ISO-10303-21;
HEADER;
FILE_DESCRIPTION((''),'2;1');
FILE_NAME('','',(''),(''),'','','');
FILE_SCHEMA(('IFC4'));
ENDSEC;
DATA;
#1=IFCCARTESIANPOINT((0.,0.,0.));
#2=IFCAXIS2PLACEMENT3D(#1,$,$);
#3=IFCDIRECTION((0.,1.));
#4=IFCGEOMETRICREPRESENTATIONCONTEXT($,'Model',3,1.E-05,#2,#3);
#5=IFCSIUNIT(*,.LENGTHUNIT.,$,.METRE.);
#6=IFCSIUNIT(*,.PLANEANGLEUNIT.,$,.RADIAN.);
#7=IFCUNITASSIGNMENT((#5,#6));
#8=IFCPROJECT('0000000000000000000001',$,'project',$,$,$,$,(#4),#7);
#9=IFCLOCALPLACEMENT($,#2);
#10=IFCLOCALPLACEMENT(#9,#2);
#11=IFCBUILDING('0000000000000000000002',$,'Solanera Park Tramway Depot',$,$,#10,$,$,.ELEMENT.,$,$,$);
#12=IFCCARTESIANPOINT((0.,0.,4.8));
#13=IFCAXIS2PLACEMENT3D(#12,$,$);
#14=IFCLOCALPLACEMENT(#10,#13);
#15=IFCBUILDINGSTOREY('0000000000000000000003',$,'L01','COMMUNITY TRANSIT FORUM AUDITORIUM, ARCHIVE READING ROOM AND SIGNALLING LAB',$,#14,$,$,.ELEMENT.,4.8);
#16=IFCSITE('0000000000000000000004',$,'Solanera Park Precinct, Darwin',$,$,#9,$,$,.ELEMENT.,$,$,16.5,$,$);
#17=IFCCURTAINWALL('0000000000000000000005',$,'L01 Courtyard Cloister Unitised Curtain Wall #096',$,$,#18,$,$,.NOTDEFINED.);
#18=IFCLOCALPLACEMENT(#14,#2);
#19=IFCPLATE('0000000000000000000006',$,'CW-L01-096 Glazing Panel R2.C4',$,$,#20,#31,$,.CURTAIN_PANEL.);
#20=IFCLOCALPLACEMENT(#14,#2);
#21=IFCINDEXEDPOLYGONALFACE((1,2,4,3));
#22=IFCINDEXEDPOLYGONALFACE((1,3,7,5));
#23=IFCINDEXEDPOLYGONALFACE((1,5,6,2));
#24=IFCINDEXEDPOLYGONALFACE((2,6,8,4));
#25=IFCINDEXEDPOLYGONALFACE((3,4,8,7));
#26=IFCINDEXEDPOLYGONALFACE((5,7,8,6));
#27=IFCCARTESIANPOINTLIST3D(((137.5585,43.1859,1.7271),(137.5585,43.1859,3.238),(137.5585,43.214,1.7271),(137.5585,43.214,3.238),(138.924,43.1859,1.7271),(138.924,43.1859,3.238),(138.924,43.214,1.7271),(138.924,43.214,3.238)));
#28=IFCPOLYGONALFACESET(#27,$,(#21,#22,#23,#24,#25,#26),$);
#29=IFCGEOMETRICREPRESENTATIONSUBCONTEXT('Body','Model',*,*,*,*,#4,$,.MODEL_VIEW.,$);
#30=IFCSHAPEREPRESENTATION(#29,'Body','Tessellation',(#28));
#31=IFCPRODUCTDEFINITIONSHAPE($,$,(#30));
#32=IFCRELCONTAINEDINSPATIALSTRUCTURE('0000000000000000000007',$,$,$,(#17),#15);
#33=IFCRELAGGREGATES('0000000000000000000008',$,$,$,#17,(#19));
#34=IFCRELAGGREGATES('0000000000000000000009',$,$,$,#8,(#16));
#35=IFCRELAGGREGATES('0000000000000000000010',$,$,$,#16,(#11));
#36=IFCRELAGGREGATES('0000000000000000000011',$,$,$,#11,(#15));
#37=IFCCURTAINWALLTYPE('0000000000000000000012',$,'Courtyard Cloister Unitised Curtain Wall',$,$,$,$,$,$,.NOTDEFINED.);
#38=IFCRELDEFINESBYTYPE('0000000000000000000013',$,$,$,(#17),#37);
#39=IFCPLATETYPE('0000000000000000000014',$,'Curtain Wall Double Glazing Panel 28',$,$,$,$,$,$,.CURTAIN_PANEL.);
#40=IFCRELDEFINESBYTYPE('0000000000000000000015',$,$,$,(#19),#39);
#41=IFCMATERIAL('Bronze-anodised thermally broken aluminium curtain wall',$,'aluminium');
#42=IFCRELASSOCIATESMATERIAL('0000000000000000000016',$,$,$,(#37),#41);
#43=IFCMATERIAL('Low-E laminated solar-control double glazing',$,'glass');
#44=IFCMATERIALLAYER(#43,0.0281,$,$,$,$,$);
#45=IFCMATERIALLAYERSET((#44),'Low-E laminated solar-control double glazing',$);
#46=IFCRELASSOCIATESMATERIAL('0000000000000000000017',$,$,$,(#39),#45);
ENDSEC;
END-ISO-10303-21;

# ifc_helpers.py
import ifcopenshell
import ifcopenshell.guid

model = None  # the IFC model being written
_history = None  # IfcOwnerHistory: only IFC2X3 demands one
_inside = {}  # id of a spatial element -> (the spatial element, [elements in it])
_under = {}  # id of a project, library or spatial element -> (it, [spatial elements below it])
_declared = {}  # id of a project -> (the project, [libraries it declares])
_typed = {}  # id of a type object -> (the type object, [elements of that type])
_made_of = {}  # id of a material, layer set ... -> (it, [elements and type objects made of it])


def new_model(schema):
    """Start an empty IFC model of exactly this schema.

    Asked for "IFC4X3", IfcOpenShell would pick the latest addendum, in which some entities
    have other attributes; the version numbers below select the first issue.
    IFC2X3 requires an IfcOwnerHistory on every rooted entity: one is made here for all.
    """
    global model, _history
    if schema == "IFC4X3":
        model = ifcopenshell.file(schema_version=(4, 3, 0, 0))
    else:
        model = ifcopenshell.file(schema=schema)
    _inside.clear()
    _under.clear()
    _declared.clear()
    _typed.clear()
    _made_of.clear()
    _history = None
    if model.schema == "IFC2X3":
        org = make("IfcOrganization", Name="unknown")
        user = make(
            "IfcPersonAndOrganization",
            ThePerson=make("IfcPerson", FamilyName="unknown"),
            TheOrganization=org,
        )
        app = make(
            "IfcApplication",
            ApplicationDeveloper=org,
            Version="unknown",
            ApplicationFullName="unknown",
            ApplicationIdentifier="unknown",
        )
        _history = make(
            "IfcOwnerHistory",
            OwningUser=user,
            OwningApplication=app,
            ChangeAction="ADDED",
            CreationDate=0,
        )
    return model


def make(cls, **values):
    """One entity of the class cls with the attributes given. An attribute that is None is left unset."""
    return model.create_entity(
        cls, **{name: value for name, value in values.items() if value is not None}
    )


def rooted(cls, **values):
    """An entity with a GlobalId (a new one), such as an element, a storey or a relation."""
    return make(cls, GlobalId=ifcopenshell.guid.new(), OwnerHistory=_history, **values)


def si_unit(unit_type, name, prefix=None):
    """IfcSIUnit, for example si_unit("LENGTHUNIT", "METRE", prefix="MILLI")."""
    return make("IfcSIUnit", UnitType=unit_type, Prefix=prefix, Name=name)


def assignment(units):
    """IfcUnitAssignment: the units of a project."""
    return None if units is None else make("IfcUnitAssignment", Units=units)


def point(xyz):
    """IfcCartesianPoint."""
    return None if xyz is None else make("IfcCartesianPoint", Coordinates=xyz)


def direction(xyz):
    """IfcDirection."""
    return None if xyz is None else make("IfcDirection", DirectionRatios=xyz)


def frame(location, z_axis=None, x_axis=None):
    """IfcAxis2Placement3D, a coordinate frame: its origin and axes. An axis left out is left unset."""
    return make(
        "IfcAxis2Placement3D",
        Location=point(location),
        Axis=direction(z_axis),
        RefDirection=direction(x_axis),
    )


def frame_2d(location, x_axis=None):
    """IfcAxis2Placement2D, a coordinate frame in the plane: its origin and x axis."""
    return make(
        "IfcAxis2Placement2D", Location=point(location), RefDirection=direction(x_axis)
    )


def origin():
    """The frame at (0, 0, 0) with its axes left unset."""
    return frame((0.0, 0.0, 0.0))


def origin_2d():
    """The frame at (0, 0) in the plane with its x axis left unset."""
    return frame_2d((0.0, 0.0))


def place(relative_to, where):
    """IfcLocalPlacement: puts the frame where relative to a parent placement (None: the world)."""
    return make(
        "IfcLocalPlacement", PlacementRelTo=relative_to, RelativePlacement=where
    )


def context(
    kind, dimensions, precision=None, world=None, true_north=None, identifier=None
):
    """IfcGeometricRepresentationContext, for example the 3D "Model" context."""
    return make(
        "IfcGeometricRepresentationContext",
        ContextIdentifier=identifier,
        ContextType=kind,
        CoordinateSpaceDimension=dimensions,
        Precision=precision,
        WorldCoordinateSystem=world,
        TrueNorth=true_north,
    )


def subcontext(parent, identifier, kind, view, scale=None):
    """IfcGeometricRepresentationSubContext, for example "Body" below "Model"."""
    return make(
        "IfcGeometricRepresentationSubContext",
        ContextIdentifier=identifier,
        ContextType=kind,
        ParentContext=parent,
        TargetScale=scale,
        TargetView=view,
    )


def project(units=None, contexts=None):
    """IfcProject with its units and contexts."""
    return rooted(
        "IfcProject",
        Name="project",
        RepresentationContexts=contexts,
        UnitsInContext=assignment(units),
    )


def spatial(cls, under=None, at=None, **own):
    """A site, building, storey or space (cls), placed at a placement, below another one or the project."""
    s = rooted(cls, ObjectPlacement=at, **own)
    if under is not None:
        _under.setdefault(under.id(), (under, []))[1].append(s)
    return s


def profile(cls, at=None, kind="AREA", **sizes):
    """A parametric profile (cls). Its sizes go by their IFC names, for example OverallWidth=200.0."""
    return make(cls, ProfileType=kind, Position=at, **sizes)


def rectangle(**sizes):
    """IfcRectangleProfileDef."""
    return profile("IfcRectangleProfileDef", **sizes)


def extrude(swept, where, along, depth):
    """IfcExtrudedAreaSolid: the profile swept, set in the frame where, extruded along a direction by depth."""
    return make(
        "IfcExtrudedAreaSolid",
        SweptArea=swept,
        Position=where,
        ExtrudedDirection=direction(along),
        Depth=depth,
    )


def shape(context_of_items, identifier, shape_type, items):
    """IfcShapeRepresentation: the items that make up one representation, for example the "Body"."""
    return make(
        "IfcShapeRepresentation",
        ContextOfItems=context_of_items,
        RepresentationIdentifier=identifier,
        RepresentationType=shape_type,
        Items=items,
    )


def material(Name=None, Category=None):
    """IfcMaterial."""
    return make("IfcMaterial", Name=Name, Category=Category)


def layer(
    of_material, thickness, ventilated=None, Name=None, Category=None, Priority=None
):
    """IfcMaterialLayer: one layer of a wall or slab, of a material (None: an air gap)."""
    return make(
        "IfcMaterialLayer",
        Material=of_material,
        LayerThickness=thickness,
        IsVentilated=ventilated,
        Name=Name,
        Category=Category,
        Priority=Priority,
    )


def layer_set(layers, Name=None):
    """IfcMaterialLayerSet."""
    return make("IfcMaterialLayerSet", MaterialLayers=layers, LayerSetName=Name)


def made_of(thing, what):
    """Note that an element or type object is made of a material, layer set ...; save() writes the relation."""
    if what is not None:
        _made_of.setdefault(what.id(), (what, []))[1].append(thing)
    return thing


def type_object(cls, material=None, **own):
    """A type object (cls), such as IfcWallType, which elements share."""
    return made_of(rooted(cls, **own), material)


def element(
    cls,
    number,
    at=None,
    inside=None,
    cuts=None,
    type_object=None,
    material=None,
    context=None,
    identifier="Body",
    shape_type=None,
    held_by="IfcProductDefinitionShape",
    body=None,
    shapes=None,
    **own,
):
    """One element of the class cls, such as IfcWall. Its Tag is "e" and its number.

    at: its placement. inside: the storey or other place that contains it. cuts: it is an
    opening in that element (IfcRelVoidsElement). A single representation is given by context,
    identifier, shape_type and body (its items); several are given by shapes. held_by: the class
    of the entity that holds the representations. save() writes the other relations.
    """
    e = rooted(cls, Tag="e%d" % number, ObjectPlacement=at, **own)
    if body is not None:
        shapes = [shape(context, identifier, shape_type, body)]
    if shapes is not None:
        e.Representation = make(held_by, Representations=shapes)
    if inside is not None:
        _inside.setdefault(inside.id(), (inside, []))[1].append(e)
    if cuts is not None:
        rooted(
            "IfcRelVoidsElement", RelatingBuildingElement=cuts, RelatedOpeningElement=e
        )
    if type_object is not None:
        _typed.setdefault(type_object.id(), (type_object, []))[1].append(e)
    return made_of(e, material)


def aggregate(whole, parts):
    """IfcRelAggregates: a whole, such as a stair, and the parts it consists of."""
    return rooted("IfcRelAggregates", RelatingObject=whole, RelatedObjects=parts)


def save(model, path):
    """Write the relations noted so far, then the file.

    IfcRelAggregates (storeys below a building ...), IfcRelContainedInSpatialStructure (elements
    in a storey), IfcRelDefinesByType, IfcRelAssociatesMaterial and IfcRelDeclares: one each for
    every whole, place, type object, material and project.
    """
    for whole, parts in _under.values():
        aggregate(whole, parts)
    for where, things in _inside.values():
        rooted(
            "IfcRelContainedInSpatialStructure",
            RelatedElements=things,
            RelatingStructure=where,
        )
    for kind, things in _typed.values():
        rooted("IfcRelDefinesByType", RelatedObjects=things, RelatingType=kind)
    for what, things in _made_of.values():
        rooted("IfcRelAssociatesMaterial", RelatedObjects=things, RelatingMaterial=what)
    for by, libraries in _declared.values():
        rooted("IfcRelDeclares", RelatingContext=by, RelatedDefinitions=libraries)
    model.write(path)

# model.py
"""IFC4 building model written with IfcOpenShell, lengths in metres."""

from ifc_helpers import new_model, si_unit, direction, frame, origin, origin_2d, place, context, subcontext, project, spatial, rectangle, extrude, material, layer, layer_set, type_object, element, aggregate, save


model = new_model("IFC4")

# Units and contexts
model_context = context("Model", 3, precision=1e-05, world=origin(), true_north=direction((0.0, 1.0)))
body_context = subcontext(model_context, "Body", "Model", "MODEL_VIEW")
ifc_project = project(units=[si_unit("LENGTHUNIT", "METRE"), si_unit("PLANEANGLEUNIT", "RADIAN")], contexts=[model_context])

# Site, building, storey
site_placement = place(None, origin())
site = spatial("IfcSite", under=ifc_project, at=site_placement, Name="Solanera Park Precinct, Darwin", CompositionType="ELEMENT", RefElevation=16.5)
building_placement = place(site_placement, origin())
building = spatial("IfcBuilding", under=site, at=building_placement, Name="Solanera Park Tramway Depot", CompositionType="ELEMENT")
storey_placement = place(building_placement, frame((0.0, 0.0, 4.8)))
storey = spatial("IfcBuildingStorey", under=building, at=storey_placement, Name="L01", Description="COMMUNITY TRANSIT FORUM AUDITORIUM, ARCHIVE READING ROOM AND SIGNALLING LAB", CompositionType="ELEMENT", Elevation=4.8)

# Curtain wall
ifc_material_1 = material(Name="Bronze-anodised thermally broken aluminium curtain wall", Category="aluminium")
curtain_wall_type = type_object("IfcCurtainWallType", Name="Courtyard Cloister Unitised Curtain Wall", PredefinedType="NOTDEFINED", material=ifc_material_1)
curtain_wall_1_placement = place(storey_placement, origin())
curtain_wall_1 = element("IfcCurtainWall", 1, at=curtain_wall_1_placement, inside=storey, type_object=curtain_wall_type, Name="L01 Courtyard Cloister Unitised Curtain Wall #096", PredefinedType="NOTDEFINED")

# Plate
ifc_material_2 = material(Name="Low-E laminated solar-control double glazing", Category="glass")
ifc_layer = layer(ifc_material_2, 0.0281)
ifc_layer_set = layer_set([ifc_layer], Name="Low-E laminated solar-control double glazing")
plate_type = type_object("IfcPlateType", Name="Curtain Wall Double Glazing Panel 28", PredefinedType="CURTAIN_PANEL", material=ifc_layer_set)
plate_1_placement = place(storey_placement, frame((138.2412, 43.2, 1.7271), z_axis=(0.0, 0.0, 1.0), x_axis=(-1.0, 0.0, 0.0)))
plate_1 = element("IfcPlate", 2, at=plate_1_placement, type_object=plate_type, Name="CW-L01-096 Glazing Panel R2.C4", PredefinedType="CURTAIN_PANEL", context=body_context, shape_type="SweptSolid", body=[
    extrude(rectangle(XDim=1.3655, YDim=0.0281, at=origin_2d()), origin(), (0.0, 0.0, 1.0), 1.511),
])
aggregate(curtain_wall_1, [plate_1])

save(model, "model.ifc")
